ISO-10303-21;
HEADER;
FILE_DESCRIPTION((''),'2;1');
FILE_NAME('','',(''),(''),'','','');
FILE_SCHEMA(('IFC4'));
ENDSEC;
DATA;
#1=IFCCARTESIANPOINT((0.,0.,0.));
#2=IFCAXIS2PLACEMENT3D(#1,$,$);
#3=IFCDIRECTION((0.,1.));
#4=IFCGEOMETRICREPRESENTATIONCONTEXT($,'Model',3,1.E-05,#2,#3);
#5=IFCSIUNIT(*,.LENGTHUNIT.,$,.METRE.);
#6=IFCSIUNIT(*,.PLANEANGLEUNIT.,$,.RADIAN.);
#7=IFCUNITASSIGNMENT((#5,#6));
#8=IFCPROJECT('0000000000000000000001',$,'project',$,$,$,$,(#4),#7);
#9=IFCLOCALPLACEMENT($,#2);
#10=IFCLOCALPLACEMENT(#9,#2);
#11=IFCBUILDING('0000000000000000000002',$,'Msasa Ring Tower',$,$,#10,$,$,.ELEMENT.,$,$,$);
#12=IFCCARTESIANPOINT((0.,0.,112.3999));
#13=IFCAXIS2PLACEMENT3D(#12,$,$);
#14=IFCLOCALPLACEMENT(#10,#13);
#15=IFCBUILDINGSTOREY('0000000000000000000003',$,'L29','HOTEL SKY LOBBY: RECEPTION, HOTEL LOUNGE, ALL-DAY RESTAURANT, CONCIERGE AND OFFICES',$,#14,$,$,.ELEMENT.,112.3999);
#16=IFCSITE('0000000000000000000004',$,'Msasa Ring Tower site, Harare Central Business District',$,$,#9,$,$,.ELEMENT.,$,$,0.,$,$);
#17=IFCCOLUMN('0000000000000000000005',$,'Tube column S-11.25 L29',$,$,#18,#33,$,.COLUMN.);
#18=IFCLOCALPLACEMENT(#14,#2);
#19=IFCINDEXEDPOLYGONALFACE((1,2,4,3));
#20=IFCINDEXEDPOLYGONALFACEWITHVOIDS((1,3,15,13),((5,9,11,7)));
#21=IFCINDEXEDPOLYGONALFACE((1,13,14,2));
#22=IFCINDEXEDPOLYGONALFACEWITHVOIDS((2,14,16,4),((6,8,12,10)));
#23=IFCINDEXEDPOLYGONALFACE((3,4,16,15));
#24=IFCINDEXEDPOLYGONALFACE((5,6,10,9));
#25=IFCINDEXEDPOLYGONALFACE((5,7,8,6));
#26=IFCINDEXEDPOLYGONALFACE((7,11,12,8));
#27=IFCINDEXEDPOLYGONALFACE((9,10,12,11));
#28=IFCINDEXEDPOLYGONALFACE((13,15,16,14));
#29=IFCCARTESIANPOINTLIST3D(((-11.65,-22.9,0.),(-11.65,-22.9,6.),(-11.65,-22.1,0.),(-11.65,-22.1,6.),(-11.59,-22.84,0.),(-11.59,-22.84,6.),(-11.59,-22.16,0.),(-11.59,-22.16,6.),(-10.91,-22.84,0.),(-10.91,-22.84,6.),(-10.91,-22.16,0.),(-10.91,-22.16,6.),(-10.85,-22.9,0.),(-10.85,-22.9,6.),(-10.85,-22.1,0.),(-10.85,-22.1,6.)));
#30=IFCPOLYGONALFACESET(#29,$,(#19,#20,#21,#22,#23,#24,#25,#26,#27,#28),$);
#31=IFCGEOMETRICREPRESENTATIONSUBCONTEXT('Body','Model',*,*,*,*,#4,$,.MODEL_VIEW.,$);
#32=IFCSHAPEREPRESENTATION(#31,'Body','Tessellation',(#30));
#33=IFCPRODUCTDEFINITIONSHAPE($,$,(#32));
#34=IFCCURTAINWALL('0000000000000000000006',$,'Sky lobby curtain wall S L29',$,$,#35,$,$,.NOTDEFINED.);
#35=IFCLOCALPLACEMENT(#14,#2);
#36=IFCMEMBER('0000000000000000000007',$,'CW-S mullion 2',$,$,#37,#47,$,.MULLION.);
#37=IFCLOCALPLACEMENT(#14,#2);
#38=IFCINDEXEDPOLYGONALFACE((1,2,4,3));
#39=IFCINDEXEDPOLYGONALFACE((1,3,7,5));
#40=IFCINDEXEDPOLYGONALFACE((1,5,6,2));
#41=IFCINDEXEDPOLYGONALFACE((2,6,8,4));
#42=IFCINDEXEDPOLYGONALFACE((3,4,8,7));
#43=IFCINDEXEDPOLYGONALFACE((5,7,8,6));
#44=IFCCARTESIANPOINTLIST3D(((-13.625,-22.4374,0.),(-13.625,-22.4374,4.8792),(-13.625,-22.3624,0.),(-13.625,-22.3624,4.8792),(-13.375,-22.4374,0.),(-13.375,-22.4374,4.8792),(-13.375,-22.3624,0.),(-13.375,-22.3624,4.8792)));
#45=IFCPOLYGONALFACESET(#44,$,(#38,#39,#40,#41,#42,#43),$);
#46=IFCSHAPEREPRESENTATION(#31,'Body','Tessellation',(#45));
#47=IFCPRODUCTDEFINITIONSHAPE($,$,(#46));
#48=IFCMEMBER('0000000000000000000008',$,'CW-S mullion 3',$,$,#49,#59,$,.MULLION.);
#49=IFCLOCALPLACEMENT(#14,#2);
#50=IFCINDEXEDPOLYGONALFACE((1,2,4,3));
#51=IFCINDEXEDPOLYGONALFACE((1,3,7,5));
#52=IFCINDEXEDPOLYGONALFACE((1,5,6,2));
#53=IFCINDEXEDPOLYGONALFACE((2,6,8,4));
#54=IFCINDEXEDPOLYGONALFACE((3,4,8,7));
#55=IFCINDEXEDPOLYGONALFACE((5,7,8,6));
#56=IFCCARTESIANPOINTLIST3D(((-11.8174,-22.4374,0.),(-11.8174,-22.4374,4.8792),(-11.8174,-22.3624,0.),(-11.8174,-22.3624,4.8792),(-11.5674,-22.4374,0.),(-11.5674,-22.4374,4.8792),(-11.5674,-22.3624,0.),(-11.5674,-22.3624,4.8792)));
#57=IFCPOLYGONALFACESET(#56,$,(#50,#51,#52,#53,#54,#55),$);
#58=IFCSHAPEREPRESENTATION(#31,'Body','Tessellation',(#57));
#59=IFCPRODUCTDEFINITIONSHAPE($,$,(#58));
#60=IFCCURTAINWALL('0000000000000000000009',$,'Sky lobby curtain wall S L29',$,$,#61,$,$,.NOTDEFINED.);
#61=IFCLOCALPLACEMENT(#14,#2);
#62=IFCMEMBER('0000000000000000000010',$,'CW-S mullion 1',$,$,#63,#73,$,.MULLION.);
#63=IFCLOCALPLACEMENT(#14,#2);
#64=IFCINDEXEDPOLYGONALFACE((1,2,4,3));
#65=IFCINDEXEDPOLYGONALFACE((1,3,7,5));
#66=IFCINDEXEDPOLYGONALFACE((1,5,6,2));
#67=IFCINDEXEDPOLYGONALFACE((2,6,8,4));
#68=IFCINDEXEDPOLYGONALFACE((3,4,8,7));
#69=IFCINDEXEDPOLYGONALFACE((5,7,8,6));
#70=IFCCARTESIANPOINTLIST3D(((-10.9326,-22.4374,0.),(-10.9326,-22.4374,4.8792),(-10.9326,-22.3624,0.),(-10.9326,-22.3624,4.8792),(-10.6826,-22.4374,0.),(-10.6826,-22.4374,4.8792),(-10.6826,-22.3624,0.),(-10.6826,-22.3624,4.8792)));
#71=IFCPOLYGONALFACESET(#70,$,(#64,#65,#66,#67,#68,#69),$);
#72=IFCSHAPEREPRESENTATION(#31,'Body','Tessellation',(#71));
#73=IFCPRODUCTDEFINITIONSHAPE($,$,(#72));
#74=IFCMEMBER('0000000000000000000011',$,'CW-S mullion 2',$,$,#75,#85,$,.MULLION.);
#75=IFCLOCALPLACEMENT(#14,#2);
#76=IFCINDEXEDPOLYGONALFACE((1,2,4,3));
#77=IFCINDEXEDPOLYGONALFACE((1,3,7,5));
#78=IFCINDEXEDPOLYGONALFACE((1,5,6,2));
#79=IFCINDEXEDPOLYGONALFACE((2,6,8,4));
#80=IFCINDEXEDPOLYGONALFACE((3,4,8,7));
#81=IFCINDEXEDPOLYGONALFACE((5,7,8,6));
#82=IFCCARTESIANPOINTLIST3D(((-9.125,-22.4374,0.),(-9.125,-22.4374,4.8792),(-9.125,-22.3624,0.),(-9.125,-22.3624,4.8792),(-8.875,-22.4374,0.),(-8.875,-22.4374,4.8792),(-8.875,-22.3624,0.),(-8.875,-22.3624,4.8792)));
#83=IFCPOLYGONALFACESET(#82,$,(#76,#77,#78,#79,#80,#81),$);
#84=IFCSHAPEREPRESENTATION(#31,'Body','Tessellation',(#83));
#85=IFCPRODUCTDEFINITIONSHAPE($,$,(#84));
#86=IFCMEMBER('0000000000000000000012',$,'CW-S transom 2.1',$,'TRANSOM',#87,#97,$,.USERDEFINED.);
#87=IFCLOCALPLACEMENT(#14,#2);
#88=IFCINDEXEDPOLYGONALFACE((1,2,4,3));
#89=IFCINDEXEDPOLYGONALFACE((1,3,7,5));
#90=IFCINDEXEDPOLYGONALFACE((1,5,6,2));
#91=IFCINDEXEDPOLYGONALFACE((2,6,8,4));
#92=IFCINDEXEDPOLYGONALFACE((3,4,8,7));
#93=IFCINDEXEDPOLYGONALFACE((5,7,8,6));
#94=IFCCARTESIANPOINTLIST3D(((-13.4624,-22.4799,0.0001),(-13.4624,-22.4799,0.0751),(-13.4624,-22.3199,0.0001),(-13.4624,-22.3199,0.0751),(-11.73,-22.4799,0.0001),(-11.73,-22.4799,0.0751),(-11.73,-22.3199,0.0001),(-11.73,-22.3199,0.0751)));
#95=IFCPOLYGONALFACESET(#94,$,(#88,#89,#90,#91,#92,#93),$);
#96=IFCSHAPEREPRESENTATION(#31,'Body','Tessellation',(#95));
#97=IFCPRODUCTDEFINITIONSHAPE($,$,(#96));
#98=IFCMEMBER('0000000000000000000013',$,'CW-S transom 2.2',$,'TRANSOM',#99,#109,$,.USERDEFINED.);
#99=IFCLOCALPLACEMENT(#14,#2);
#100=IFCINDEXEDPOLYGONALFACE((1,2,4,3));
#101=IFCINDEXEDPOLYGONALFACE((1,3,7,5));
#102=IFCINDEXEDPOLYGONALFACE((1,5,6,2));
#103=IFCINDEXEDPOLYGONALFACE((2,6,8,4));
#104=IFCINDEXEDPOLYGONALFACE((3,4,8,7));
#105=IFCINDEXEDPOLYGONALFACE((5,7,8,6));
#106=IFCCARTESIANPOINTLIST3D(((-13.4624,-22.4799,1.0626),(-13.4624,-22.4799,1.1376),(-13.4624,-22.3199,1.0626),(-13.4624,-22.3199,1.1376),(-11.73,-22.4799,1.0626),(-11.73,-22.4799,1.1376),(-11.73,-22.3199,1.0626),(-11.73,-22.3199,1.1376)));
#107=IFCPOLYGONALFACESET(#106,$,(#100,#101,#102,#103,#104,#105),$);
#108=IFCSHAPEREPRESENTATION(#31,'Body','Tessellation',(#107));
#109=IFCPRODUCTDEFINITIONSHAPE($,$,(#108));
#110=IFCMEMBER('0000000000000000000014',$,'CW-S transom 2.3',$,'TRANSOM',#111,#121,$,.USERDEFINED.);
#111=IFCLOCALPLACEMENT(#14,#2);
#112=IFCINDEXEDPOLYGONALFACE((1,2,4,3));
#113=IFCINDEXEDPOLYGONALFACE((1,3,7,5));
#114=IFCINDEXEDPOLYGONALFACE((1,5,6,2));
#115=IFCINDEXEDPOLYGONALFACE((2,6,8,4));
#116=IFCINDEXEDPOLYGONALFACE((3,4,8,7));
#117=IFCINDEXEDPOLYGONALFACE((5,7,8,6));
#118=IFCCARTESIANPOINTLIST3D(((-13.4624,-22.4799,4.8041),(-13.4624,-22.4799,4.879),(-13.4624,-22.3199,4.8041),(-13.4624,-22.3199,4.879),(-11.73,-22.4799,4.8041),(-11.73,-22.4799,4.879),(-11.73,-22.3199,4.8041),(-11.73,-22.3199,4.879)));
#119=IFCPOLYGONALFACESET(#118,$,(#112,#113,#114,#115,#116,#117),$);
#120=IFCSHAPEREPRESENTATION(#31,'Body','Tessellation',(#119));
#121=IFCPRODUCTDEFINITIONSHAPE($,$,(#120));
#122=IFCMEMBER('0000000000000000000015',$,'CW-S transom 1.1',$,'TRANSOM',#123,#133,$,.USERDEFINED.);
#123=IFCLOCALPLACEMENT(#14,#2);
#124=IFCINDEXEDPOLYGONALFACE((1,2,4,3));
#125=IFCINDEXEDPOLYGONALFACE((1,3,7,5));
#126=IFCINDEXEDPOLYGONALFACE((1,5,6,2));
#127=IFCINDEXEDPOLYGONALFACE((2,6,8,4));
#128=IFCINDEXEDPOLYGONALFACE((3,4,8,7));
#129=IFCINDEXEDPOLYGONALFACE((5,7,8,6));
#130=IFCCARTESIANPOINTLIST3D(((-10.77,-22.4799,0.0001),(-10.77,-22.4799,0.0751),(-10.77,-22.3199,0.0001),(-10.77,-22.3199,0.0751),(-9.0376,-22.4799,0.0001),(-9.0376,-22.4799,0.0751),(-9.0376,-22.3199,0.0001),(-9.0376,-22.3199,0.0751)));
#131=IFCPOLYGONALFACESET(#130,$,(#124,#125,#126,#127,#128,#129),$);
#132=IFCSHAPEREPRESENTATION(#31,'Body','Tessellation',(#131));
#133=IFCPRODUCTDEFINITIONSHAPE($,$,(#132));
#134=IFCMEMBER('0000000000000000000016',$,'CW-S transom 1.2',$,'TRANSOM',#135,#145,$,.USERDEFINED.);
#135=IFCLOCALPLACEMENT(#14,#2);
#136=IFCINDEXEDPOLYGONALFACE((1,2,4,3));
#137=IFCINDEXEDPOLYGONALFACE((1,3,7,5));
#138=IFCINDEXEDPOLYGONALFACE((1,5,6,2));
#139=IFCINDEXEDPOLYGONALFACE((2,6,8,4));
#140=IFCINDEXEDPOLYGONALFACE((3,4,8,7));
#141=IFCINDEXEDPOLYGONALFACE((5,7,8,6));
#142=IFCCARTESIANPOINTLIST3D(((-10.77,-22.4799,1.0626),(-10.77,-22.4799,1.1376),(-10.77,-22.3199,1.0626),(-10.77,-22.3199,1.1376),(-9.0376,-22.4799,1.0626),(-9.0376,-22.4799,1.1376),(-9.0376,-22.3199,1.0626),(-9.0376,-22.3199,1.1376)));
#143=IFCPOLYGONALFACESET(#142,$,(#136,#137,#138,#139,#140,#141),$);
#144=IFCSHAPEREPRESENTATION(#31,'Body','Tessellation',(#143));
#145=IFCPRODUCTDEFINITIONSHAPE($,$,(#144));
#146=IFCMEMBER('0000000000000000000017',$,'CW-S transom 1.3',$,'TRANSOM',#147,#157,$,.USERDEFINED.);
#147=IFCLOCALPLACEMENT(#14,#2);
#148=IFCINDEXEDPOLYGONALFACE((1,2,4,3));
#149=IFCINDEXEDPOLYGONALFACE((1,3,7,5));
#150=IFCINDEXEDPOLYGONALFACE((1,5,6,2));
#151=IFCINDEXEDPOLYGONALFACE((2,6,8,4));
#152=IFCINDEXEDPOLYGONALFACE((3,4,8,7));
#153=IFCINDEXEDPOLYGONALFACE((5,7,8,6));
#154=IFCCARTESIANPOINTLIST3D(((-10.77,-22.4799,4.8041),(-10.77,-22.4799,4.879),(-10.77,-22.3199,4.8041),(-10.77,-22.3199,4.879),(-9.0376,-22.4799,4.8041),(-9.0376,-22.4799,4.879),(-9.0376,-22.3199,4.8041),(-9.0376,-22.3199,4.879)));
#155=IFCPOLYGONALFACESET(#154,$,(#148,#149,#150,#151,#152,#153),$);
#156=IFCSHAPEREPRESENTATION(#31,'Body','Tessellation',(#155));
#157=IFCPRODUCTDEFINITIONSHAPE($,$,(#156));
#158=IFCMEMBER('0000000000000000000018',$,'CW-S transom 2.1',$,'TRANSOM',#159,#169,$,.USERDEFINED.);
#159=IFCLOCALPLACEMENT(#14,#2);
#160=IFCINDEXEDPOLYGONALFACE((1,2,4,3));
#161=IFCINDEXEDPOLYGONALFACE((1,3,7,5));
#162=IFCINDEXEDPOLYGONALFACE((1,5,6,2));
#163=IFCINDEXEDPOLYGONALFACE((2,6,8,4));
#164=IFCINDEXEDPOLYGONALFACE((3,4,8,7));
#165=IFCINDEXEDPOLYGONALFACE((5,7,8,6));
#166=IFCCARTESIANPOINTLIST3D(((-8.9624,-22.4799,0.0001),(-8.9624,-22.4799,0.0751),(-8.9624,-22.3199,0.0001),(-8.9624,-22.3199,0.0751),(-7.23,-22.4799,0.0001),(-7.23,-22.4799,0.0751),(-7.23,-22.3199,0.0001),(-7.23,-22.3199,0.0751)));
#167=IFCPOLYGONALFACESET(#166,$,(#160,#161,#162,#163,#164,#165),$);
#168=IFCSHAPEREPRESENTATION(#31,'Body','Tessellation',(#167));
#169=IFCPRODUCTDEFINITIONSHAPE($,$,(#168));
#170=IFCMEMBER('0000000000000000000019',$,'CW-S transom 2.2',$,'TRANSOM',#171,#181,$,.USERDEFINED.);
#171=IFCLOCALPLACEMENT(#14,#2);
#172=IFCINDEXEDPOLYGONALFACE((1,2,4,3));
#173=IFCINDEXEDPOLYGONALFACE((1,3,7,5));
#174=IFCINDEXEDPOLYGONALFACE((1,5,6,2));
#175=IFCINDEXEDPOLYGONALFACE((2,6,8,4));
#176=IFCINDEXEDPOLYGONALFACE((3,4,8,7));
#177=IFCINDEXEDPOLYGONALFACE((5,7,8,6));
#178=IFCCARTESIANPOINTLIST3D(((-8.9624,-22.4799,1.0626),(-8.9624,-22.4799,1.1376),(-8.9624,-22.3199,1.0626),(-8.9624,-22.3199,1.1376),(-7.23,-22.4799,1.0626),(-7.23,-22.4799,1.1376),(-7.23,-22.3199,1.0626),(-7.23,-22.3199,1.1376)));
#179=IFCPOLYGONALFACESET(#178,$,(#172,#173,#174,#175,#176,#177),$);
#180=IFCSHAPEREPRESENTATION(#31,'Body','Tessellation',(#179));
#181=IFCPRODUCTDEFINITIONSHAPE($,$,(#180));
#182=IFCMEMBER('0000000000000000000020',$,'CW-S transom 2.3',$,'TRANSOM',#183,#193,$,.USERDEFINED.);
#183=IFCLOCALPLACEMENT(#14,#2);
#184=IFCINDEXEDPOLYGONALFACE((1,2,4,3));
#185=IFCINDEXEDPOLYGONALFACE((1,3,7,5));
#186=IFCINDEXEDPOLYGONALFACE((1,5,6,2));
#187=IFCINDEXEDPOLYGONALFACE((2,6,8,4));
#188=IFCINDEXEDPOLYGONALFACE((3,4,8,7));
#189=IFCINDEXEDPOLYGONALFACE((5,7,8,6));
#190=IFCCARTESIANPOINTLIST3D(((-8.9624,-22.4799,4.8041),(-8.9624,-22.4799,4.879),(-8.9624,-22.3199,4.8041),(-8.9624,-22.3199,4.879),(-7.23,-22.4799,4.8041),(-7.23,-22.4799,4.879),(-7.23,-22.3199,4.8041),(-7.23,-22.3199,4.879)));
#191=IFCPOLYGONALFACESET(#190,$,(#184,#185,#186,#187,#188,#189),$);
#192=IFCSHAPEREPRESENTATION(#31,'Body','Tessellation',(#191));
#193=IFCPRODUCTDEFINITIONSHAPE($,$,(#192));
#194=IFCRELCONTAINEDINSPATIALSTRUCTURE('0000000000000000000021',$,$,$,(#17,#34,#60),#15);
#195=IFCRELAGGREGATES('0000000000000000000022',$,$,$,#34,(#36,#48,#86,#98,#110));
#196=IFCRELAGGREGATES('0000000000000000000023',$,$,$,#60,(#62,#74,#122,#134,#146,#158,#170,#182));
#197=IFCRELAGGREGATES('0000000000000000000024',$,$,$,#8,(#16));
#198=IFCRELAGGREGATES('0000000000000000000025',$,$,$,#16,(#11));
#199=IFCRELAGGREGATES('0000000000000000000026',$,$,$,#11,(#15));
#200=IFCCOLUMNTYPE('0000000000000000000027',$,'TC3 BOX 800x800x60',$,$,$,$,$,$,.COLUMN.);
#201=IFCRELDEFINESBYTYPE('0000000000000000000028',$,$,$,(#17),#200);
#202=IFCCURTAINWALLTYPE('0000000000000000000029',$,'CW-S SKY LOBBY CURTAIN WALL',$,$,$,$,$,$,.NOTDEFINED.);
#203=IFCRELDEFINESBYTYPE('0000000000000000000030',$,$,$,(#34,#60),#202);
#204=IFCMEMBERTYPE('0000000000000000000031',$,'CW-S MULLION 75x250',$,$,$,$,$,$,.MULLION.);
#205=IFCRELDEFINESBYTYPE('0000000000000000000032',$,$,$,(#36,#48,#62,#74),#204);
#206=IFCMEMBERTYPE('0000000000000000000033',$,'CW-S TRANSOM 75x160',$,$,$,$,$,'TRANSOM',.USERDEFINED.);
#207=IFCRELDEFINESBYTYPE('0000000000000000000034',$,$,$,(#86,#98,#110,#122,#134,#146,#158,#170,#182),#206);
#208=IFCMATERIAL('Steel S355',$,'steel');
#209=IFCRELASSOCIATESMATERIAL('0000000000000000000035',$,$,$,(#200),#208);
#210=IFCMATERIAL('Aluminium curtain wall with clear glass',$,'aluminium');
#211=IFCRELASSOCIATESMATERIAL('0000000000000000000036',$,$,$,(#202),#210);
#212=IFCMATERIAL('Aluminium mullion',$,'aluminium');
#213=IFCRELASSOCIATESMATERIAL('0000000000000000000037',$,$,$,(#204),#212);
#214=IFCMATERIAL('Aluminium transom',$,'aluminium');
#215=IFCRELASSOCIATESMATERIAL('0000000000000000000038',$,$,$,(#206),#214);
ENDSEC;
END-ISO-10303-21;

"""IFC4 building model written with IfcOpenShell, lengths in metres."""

from ifc_helpers import new_model, si_unit, direction, frame, origin, origin_2d, place, context, subcontext, project, spatial, rectangle, hollow_rectangle, extrude, material, material_profile, profile_set, type_object, element, aggregate, save


model = new_model("IFC4")

# Units and contexts
model_context = context("Model", 3, precision=1e-05, world=origin(), true_north=direction((0.0, 1.0)))
body_context = subcontext(model_context, "Body", "Model", "MODEL_VIEW")
ifc_project = project(units=[si_unit("LENGTHUNIT", "METRE"), si_unit("PLANEANGLEUNIT", "RADIAN")], contexts=[model_context])

# Site, building, storey
site_placement = place(None, origin())
site = spatial("IfcSite", under=ifc_project, at=site_placement, Name="Msasa Ring Tower site, Harare Central Business District", CompositionType="ELEMENT", RefElevation=0.0)
building_placement = place(site_placement, origin())
building = spatial("IfcBuilding", under=site, at=building_placement, Name="Msasa Ring Tower", CompositionType="ELEMENT")
storey_placement = place(building_placement, frame((0.0, 0.0, 112.3999)))
storey = spatial("IfcBuildingStorey", under=building, at=storey_placement, Name="L29", Description="HOTEL SKY LOBBY: RECEPTION, HOTEL LOUNGE, ALL-DAY RESTAURANT, CONCIERGE AND OFFICES", CompositionType="ELEMENT", Elevation=112.3999)

# Column
ifc_material_1 = material(Name="Steel S355", Category="steel")
ifc_material_profile_1 = material_profile(ifc_material_1, hollow_rectangle(XDim=0.8, YDim=0.8, WallThickness=0.0601, at=origin_2d()), Name="BOX 800x800x60")
ifc_profile_set_1 = profile_set([ifc_material_profile_1], Name="Steel S355")
column_type = type_object("IfcColumnType", Name="TC3 BOX 800x800x60", PredefinedType="COLUMN", material=ifc_profile_set_1)
column_placement = place(storey_placement, frame((-11.25, -22.5, 0.0), z_axis=(0.0, 0.0, 1.0), x_axis=(0.0, 1.0, 0.0)))
element("IfcColumn", 1, at=column_placement, inside=storey, type_object=column_type, Name="Tube column S-11.25 L29", PredefinedType="COLUMN", context=body_context, shape_type="SweptSolid", body=[
    extrude(hollow_rectangle(XDim=0.8, YDim=0.8, WallThickness=0.0601, at=origin_2d()), origin(), (0.0, 0.0, 1.0), 6.0),
])

# Curtain walls, members
ifc_material_2 = material(Name="Aluminium curtain wall with clear glass", Category="aluminium")
curtain_wall_type = type_object("IfcCurtainWallType", Name="CW-S SKY LOBBY CURTAIN WALL", PredefinedType="NOTDEFINED", material=ifc_material_2)
curtain_wall_1_placement = place(storey_placement, origin())
curtain_wall_1 = element("IfcCurtainWall", 2, at=curtain_wall_1_placement, inside=storey, type_object=curtain_wall_type, Name="Sky lobby curtain wall S L29", PredefinedType="NOTDEFINED")
ifc_material_3 = material(Name="Aluminium mullion", Category="aluminium")
ifc_material_profile_2 = material_profile(ifc_material_3, rectangle(XDim=0.075, YDim=0.25, at=origin_2d()), Name="AL 75x250")
ifc_profile_set_2 = profile_set([ifc_material_profile_2], Name="Aluminium mullion")
member_type_1 = type_object("IfcMemberType", Name="CW-S MULLION 75x250", PredefinedType="MULLION", material=ifc_profile_set_2)
member_1_placement = place(storey_placement, frame((-13.5, -22.3999, 0.0), z_axis=(0.0, 0.0, 1.0), x_axis=(0.0, 1.0, 0.0)))
member_1 = element("IfcMember", 3, at=member_1_placement, type_object=member_type_1, Name="CW-S mullion 2", PredefinedType="MULLION", context=body_context, shape_type="SweptSolid", body=[
    extrude(rectangle(XDim=0.075, YDim=0.25, at=origin_2d()), origin(), (0.0, 0.0, 1.0), 4.8792),
])
member_2_placement = place(storey_placement, frame((-11.6924, -22.3999, 0.0), z_axis=(0.0, 0.0, 1.0), x_axis=(0.0, 1.0, 0.0)))
member_2 = element("IfcMember", 4, at=member_2_placement, type_object=member_type_1, Name="CW-S mullion 3", PredefinedType="MULLION", context=body_context, shape_type="SweptSolid", body=[
    extrude(rectangle(XDim=0.075, YDim=0.25, at=origin_2d()), origin(), (0.0, 0.0, 1.0), 4.8792),
])
curtain_wall_2_placement = place(storey_placement, origin())
curtain_wall_2 = element("IfcCurtainWall", 5, at=curtain_wall_2_placement, inside=storey, type_object=curtain_wall_type, Name="Sky lobby curtain wall S L29", PredefinedType="NOTDEFINED")
member_3_placement = place(storey_placement, frame((-10.8076, -22.3999, 0.0), z_axis=(0.0, 0.0, 1.0), x_axis=(0.0, 1.0, 0.0)))
member_3 = element("IfcMember", 6, at=member_3_placement, type_object=member_type_1, Name="CW-S mullion 1", PredefinedType="MULLION", context=body_context, shape_type="SweptSolid", body=[
    extrude(rectangle(XDim=0.075, YDim=0.25, at=origin_2d()), origin(), (0.0, 0.0, 1.0), 4.8792),
])
member_4_placement = place(storey_placement, frame((-9.0, -22.3999, 0.0), z_axis=(0.0, 0.0, 1.0), x_axis=(0.0, 1.0, 0.0)))
member_4 = element("IfcMember", 7, at=member_4_placement, type_object=member_type_1, Name="CW-S mullion 2", PredefinedType="MULLION", context=body_context, shape_type="SweptSolid", body=[
    extrude(rectangle(XDim=0.075, YDim=0.25, at=origin_2d()), origin(), (0.0, 0.0, 1.0), 4.8792),
])

# Members
ifc_material_4 = material(Name="Aluminium transom", Category="aluminium")
ifc_material_profile_3 = material_profile(ifc_material_4, rectangle(XDim=0.1599, YDim=0.075, at=origin_2d()), Name="AL 75x160")
ifc_profile_set_3 = profile_set([ifc_material_profile_3], Name="Aluminium transom")
member_type_2 = type_object("IfcMemberType", Name="CW-S TRANSOM 75x160", ElementType="TRANSOM", PredefinedType="USERDEFINED", material=ifc_profile_set_3)
member_5_placement = place(storey_placement, frame((-13.4624, -22.3999, 0.0376), z_axis=(1.0, 0.0, 0.0), x_axis=(0.0, 1.0, 0.0)))
member_5 = element("IfcMember", 8, at=member_5_placement, type_object=member_type_2, Name="CW-S transom 2.1", ObjectType="TRANSOM", PredefinedType="USERDEFINED", context=body_context, shape_type="SweptSolid", body=[
    extrude(rectangle(XDim=0.1599, YDim=0.075, at=origin_2d()), origin(), (0.0, 0.0, 1.0), 1.7324),
])
member_6_placement = place(storey_placement, frame((-13.4624, -22.3999, 1.1001), z_axis=(1.0, 0.0, 0.0), x_axis=(0.0, 1.0, 0.0)))
member_6 = element("IfcMember", 9, at=member_6_placement, type_object=member_type_2, Name="CW-S transom 2.2", ObjectType="TRANSOM", PredefinedType="USERDEFINED", context=body_context, shape_type="SweptSolid", body=[
    extrude(rectangle(XDim=0.1599, YDim=0.075, at=origin_2d()), origin(), (0.0, 0.0, 1.0), 1.7324),
])
member_7_placement = place(storey_placement, frame((-13.4624, -22.3999, 4.8416), z_axis=(1.0, 0.0, 0.0), x_axis=(0.0, 1.0, 0.0)))
member_7 = element("IfcMember", 10, at=member_7_placement, type_object=member_type_2, Name="CW-S transom 2.3", ObjectType="TRANSOM", PredefinedType="USERDEFINED", context=body_context, shape_type="SweptSolid", body=[
    extrude(rectangle(XDim=0.1599, YDim=0.075, at=origin_2d()), origin(), (0.0, 0.0, 1.0), 1.7324),
])
member_8_placement = place(storey_placement, frame((-10.77, -22.3999, 0.0376), z_axis=(1.0, 0.0, 0.0), x_axis=(0.0, 1.0, 0.0)))
member_8 = element("IfcMember", 11, at=member_8_placement, type_object=member_type_2, Name="CW-S transom 1.1", ObjectType="TRANSOM", PredefinedType="USERDEFINED", context=body_context, shape_type="SweptSolid", body=[
    extrude(rectangle(XDim=0.1599, YDim=0.075, at=origin_2d()), origin(), (0.0, 0.0, 1.0), 1.7324),
])
member_9_placement = place(storey_placement, frame((-10.77, -22.3999, 1.1001), z_axis=(1.0, 0.0, 0.0), x_axis=(0.0, 1.0, 0.0)))
member_9 = element("IfcMember", 12, at=member_9_placement, type_object=member_type_2, Name="CW-S transom 1.2", ObjectType="TRANSOM", PredefinedType="USERDEFINED", context=body_context, shape_type="SweptSolid", body=[
    extrude(rectangle(XDim=0.1599, YDim=0.075, at=origin_2d()), origin(), (0.0, 0.0, 1.0), 1.7324),
])
member_10_placement = place(storey_placement, frame((-10.77, -22.3999, 4.8416), z_axis=(1.0, 0.0, 0.0), x_axis=(0.0, 1.0, 0.0)))
member_10 = element("IfcMember", 13, at=member_10_placement, type_object=member_type_2, Name="CW-S transom 1.3", ObjectType="TRANSOM", PredefinedType="USERDEFINED", context=body_context, shape_type="SweptSolid", body=[
    extrude(rectangle(XDim=0.1599, YDim=0.075, at=origin_2d()), origin(), (0.0, 0.0, 1.0), 1.7324),
])
member_11_placement = place(storey_placement, frame((-8.9624, -22.3999, 0.0376), z_axis=(1.0, 0.0, 0.0), x_axis=(0.0, 1.0, 0.0)))
member_11 = element("IfcMember", 14, at=member_11_placement, type_object=member_type_2, Name="CW-S transom 2.1", ObjectType="TRANSOM", PredefinedType="USERDEFINED", context=body_context, shape_type="SweptSolid", body=[
    extrude(rectangle(XDim=0.1599, YDim=0.075, at=origin_2d()), origin(), (0.0, 0.0, 1.0), 1.7324),
])
member_12_placement = place(storey_placement, frame((-8.9624, -22.3999, 1.1001), z_axis=(1.0, 0.0, 0.0), x_axis=(0.0, 1.0, 0.0)))
member_12 = element("IfcMember", 15, at=member_12_placement, type_object=member_type_2, Name="CW-S transom 2.2", ObjectType="TRANSOM", PredefinedType="USERDEFINED", context=body_context, shape_type="SweptSolid", body=[
    extrude(rectangle(XDim=0.1599, YDim=0.075, at=origin_2d()), origin(), (0.0, 0.0, 1.0), 1.7324),
])
member_13_placement = place(storey_placement, frame((-8.9624, -22.3999, 4.8416), z_axis=(1.0, 0.0, 0.0), x_axis=(0.0, 1.0, 0.0)))
member_13 = element("IfcMember", 16, at=member_13_placement, type_object=member_type_2, Name="CW-S transom 2.3", ObjectType="TRANSOM", PredefinedType="USERDEFINED", context=body_context, shape_type="SweptSolid", body=[
    extrude(rectangle(XDim=0.1599, YDim=0.075, at=origin_2d()), origin(), (0.0, 0.0, 1.0), 1.7324),
])

aggregate(curtain_wall_1, [member_1, member_2, member_5, member_6, member_7])
aggregate(curtain_wall_2, [member_3, member_4, member_8, member_9, member_10, member_11, member_12, member_13])

save(model, "model.ifc")
